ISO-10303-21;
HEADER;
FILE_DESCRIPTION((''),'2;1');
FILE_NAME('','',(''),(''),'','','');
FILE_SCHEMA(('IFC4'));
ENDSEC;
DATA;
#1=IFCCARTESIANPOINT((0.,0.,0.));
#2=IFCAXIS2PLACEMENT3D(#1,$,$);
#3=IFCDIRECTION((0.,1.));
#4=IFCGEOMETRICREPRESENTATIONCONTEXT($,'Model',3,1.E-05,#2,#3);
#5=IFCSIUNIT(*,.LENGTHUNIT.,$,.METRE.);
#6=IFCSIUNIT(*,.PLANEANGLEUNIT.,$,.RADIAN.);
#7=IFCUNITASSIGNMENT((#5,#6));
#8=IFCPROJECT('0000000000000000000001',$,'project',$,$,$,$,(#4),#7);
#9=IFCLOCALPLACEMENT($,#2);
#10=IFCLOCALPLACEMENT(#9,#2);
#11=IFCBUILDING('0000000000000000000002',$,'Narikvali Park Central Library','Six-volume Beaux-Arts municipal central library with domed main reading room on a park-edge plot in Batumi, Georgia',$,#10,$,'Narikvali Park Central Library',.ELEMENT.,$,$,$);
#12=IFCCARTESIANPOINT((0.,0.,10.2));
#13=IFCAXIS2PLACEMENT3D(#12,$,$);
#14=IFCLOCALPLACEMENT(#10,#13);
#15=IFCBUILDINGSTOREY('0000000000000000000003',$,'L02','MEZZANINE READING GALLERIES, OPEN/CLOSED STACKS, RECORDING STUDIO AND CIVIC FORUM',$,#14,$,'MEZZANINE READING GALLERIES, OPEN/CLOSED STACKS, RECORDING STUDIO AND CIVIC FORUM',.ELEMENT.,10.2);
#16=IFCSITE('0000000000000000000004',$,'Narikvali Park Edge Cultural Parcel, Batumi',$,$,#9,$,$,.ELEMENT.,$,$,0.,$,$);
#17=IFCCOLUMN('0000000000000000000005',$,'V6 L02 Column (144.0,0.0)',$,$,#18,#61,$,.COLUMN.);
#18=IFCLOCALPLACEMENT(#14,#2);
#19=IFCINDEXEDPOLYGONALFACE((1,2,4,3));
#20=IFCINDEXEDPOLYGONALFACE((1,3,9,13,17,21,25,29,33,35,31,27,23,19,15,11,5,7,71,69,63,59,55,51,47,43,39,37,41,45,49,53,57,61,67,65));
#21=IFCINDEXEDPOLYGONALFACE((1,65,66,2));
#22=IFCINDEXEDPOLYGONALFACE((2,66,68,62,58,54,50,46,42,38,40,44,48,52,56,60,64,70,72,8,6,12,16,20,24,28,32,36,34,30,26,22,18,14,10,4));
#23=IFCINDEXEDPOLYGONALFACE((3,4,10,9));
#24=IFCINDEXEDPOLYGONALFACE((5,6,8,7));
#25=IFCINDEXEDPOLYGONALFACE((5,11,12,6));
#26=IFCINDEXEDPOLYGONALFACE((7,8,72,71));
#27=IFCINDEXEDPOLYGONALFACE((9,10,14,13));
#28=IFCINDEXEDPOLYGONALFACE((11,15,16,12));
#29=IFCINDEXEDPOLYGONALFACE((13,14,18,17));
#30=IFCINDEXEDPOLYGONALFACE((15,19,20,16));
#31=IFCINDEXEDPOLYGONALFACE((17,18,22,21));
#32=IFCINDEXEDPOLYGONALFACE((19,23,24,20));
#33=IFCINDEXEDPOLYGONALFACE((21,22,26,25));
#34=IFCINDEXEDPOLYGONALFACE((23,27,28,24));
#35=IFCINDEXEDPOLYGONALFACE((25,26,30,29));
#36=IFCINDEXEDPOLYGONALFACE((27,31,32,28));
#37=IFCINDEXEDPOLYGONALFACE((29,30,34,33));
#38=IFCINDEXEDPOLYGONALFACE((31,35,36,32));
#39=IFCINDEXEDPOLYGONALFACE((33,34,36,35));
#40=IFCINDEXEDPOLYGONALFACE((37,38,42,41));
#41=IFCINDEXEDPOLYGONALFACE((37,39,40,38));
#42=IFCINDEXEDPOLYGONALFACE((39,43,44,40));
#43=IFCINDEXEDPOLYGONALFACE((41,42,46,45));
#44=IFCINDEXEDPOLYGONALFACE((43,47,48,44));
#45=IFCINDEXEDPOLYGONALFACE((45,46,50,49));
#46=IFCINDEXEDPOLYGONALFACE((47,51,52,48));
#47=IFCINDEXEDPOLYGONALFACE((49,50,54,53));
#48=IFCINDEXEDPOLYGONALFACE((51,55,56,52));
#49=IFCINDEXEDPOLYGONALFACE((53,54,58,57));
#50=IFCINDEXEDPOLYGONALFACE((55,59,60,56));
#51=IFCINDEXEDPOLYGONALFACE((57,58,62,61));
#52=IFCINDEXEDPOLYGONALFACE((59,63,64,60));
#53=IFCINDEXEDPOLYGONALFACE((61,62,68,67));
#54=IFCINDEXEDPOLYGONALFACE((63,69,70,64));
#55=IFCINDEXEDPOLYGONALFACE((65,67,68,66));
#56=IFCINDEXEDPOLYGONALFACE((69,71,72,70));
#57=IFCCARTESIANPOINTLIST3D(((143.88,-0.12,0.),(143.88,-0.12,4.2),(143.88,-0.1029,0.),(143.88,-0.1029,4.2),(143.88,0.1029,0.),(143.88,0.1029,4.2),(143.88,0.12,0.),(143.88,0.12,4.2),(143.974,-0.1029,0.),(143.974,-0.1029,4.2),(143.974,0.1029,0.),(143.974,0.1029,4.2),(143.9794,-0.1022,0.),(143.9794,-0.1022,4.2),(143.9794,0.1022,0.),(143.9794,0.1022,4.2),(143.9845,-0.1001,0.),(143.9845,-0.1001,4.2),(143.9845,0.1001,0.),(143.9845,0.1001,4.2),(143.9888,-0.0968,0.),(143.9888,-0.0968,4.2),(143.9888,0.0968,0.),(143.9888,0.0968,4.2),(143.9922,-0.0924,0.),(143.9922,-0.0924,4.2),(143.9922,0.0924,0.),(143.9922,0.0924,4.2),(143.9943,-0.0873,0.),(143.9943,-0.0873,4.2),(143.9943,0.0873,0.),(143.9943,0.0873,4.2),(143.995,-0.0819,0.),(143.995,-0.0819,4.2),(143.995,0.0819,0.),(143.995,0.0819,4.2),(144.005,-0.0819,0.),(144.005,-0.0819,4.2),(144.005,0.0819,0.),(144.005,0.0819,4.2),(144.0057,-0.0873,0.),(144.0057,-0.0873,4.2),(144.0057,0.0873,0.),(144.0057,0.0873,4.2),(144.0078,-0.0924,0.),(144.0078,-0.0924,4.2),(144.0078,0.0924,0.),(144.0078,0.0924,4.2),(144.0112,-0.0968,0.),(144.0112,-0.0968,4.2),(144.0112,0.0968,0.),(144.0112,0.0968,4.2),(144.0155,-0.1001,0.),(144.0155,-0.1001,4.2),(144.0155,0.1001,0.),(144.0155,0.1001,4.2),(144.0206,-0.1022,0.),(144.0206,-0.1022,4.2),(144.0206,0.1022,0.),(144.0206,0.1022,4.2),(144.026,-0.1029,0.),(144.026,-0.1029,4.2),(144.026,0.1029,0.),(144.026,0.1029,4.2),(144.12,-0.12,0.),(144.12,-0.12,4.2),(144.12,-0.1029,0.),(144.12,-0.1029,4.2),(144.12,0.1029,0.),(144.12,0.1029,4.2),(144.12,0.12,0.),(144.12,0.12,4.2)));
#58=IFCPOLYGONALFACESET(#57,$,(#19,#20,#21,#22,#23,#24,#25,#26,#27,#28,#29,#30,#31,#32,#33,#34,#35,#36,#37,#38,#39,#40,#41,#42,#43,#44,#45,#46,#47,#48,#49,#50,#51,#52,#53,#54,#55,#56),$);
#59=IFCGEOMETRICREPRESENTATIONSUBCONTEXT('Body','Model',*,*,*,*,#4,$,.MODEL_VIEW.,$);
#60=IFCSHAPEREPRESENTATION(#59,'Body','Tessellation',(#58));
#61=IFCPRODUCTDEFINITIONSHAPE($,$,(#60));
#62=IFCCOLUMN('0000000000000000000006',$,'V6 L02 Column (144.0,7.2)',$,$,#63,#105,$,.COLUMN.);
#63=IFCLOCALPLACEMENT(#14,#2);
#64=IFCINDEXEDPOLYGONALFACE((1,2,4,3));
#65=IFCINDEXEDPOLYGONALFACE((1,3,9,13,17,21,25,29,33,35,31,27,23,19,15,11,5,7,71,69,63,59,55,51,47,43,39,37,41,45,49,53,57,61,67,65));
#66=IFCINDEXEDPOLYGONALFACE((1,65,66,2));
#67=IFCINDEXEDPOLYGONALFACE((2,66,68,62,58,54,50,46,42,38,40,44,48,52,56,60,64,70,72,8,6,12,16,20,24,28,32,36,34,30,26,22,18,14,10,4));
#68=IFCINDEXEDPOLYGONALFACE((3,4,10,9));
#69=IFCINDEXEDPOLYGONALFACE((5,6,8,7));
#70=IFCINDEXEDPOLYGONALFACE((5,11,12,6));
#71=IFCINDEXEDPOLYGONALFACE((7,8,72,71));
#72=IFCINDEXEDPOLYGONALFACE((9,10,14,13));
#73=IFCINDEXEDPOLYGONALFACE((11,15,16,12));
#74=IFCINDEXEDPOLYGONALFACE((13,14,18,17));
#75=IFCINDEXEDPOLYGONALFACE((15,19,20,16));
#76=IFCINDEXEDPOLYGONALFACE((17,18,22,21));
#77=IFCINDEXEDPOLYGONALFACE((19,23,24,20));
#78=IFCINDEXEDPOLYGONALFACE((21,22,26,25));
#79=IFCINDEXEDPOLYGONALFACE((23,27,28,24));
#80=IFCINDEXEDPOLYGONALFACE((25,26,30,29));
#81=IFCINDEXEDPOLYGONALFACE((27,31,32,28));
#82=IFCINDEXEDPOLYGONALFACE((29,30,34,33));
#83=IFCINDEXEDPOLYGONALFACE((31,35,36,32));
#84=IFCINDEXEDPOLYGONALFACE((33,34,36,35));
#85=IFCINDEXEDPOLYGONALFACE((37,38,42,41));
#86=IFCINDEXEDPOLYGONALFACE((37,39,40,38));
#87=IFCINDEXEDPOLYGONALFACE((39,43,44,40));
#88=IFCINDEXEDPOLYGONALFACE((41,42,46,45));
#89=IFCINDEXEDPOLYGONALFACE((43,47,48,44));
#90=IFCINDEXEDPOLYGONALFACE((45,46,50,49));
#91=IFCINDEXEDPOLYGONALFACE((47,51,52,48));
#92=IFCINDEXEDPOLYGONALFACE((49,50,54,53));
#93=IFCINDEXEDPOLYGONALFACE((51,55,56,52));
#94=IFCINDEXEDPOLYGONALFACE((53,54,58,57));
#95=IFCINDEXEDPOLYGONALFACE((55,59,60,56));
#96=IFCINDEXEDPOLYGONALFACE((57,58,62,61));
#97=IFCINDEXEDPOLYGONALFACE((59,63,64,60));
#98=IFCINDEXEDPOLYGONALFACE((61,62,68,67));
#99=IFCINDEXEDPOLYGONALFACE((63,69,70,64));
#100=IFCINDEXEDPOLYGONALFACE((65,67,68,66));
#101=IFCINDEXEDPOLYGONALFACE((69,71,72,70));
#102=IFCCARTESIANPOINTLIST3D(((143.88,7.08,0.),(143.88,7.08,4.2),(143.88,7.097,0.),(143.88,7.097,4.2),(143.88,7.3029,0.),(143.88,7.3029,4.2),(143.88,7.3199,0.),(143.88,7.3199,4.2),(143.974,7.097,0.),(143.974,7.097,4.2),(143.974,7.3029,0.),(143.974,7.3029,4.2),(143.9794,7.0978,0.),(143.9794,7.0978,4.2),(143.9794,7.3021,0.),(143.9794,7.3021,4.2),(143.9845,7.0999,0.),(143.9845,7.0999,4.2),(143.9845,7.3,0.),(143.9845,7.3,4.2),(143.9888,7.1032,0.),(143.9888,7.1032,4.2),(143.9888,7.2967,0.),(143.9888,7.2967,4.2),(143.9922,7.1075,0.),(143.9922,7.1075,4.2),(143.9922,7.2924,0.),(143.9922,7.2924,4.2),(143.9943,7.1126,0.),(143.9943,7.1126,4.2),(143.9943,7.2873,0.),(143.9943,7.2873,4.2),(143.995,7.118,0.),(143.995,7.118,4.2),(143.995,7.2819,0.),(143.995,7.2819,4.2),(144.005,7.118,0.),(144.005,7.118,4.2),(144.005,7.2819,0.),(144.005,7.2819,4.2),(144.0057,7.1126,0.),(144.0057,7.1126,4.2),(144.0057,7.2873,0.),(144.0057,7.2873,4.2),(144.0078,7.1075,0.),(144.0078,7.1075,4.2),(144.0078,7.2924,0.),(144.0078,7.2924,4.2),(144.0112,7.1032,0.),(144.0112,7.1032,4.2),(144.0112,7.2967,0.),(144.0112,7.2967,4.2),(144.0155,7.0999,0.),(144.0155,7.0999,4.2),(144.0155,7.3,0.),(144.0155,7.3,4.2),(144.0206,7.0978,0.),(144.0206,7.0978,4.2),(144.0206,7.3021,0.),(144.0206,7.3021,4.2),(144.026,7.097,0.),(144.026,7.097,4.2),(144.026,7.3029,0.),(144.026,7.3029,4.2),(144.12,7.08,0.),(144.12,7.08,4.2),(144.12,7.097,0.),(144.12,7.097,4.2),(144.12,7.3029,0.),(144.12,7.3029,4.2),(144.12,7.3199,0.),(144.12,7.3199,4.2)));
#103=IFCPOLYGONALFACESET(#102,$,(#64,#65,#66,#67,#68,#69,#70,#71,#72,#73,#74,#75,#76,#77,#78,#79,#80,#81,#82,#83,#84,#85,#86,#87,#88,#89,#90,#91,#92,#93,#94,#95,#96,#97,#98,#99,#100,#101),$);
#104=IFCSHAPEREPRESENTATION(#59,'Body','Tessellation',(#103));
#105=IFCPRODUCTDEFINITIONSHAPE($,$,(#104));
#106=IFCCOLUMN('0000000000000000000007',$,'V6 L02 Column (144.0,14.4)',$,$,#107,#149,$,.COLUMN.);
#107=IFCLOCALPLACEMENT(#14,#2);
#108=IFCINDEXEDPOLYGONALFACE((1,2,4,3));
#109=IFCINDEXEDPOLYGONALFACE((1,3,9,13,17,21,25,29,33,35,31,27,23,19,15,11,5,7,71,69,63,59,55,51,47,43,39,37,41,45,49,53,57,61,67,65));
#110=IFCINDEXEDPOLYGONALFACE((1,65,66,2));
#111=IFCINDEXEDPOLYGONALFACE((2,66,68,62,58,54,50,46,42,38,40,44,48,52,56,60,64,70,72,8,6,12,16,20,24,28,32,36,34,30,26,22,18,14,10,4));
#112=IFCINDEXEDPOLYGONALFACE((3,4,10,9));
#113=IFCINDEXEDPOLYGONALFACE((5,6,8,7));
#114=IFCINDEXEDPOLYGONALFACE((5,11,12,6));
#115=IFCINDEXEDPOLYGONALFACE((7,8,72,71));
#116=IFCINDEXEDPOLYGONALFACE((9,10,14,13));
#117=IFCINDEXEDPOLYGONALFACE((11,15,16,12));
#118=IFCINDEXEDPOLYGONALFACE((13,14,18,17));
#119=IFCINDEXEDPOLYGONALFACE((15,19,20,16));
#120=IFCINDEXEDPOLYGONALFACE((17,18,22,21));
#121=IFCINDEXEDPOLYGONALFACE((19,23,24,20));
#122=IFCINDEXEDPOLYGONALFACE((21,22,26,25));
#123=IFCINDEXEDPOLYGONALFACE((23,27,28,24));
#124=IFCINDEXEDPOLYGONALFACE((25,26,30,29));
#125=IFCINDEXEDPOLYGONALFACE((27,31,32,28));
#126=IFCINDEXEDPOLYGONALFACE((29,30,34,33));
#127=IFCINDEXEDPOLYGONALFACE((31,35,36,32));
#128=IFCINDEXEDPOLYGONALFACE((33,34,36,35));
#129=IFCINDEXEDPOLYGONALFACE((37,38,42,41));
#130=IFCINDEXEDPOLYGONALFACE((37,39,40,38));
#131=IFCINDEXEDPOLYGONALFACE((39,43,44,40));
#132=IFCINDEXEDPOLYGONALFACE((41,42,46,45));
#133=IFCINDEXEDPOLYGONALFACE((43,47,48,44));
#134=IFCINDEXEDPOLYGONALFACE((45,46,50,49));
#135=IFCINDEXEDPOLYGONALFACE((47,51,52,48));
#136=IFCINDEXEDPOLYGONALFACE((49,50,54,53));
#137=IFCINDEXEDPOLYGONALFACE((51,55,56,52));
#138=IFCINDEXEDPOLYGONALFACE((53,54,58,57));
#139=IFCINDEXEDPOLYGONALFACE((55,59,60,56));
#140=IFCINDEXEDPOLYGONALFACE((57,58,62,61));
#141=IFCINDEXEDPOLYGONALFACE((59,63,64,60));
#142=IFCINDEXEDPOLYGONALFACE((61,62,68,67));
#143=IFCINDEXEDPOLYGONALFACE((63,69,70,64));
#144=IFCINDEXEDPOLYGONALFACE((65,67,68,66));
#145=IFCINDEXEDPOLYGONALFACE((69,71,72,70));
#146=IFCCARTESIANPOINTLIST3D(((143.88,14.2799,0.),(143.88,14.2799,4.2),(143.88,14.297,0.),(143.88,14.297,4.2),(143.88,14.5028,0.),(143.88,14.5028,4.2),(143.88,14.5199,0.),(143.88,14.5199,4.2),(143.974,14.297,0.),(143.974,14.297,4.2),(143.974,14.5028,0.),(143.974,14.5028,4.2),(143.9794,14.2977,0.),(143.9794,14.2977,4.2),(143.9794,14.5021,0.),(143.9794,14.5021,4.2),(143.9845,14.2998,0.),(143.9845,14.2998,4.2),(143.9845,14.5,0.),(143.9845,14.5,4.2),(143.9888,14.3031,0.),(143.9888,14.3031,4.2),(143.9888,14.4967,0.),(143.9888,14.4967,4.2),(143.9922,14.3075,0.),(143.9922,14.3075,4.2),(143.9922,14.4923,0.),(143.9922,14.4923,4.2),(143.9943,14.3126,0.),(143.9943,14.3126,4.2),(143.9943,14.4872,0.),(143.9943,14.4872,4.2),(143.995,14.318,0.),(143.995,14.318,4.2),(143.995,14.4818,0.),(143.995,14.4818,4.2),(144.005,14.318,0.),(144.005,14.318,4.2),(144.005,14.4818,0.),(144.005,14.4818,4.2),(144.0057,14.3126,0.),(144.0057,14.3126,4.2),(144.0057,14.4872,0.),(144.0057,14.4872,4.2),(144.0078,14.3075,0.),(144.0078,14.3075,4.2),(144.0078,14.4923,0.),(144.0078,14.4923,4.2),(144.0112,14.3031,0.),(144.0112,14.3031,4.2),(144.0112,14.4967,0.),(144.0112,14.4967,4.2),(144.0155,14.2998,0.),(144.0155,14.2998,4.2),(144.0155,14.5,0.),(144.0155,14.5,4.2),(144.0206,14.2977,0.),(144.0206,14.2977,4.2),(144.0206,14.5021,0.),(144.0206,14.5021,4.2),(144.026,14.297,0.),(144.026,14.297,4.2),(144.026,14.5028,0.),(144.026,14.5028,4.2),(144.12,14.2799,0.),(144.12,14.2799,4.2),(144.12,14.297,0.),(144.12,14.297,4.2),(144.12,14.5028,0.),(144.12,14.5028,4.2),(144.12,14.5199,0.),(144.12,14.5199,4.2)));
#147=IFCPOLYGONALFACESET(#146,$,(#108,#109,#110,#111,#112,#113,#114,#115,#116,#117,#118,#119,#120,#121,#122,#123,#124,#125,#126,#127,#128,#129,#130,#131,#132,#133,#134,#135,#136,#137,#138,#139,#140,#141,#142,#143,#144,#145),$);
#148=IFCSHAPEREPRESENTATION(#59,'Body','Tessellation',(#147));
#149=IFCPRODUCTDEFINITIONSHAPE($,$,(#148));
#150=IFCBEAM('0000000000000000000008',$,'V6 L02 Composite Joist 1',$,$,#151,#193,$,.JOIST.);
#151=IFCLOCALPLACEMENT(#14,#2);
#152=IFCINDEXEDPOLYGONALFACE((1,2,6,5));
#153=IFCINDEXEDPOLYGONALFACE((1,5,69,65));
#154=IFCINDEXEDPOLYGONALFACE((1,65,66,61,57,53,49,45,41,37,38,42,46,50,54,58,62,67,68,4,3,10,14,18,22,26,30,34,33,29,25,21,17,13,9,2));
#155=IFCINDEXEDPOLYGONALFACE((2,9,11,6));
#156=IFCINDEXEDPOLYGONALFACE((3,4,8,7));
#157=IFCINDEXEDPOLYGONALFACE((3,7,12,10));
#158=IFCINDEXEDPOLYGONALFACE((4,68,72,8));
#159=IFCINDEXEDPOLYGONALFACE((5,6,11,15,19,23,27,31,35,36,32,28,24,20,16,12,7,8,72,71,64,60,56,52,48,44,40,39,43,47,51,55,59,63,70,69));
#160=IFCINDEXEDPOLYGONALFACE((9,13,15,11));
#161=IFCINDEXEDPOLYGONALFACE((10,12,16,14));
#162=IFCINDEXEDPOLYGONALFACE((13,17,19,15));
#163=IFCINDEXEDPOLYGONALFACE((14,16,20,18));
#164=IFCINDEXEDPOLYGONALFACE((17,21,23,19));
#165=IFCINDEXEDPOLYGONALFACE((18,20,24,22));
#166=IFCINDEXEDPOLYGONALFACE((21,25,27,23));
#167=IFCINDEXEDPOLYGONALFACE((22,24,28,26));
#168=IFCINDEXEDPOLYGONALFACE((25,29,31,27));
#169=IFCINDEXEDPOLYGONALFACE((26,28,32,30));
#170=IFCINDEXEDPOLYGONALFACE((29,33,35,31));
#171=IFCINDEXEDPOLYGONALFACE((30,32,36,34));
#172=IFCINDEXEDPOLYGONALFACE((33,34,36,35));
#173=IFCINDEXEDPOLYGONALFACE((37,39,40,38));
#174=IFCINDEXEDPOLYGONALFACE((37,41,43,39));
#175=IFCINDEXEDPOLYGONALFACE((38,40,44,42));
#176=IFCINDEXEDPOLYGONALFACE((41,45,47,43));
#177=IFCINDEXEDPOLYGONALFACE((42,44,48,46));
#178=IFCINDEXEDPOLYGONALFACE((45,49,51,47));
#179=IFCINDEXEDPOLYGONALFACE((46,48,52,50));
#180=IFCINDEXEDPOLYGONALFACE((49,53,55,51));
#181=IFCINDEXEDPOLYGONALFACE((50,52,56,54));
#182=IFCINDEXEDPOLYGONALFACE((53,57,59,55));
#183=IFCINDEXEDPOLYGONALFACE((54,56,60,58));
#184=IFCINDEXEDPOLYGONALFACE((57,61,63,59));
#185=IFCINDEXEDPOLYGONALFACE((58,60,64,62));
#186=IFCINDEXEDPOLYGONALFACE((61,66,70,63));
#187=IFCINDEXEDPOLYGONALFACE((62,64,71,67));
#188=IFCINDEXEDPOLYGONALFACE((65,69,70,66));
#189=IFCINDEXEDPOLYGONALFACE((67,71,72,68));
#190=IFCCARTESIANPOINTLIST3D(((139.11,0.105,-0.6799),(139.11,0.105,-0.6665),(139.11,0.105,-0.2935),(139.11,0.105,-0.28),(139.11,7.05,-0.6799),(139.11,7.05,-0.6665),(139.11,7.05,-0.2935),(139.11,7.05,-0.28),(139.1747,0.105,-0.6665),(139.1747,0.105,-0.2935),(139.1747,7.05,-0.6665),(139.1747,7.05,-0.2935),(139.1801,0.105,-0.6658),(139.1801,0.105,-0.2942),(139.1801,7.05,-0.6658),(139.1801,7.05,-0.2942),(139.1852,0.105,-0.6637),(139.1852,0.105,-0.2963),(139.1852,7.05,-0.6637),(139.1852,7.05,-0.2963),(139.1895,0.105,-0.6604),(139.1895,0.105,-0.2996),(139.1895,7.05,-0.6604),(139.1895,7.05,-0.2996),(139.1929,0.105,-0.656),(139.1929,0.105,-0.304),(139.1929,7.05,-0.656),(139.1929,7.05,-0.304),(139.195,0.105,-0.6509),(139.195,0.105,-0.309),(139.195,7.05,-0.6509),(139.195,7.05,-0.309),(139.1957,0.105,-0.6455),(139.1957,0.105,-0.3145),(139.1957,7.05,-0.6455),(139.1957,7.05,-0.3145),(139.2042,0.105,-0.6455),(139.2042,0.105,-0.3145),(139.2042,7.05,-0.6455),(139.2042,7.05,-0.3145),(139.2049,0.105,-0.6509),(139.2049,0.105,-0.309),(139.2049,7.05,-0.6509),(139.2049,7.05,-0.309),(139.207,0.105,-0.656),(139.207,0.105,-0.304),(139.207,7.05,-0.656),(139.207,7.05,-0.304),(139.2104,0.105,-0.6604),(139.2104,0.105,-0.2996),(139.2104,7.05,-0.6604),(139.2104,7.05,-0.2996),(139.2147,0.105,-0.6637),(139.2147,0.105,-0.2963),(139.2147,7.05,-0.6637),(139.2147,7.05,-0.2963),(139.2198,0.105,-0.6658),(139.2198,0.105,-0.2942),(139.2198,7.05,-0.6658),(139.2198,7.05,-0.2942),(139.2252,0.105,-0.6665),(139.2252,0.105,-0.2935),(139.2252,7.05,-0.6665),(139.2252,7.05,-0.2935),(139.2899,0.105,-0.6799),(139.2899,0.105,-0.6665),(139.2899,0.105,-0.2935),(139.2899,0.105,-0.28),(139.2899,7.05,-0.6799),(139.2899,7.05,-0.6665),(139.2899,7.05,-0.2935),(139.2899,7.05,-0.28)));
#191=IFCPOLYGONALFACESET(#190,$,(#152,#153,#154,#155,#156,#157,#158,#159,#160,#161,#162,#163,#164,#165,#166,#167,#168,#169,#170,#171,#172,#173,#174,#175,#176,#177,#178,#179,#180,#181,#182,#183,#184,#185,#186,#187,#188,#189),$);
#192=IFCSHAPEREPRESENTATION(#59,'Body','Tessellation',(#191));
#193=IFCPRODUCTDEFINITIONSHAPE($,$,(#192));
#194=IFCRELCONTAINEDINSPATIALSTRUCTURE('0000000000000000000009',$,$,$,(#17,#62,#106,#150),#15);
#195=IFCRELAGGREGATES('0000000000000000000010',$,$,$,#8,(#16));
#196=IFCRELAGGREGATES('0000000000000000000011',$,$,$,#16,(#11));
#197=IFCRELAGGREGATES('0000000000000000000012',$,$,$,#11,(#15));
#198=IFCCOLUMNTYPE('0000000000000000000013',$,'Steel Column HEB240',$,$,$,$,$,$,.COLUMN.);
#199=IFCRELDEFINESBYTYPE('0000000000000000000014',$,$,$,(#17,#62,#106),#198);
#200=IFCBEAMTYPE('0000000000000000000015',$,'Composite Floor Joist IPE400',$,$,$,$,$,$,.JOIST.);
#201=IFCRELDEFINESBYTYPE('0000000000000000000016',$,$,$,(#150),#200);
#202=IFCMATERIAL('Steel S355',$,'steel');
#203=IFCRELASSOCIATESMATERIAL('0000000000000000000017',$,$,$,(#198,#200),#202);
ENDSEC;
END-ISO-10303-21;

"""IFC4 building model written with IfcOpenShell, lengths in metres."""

from ifc_helpers import new_model, si_unit, direction, frame, origin, origin_2d, place, context, subcontext, project, spatial, i_section, extrude, material, material_profile, profile_set, type_object, element, save


model = new_model("IFC4")

# Units and contexts
model_context = context("Model", 3, precision=1e-05, world=origin(), true_north=direction((0.0, 1.0)))
body_context = subcontext(model_context, "Body", "Model", "MODEL_VIEW")
ifc_project = project(units=[si_unit("LENGTHUNIT", "METRE"), si_unit("PLANEANGLEUNIT", "RADIAN")], contexts=[model_context])

# Site, building, storey
site_placement = place(None, origin())
site = spatial("IfcSite", under=ifc_project, at=site_placement, Name="Narikvali Park Edge Cultural Parcel, Batumi", CompositionType="ELEMENT", RefElevation=0.0)
building_placement = place(site_placement, origin())
building = spatial("IfcBuilding", under=site, at=building_placement, Name="Narikvali Park Central Library", Description="Six-volume Beaux-Arts municipal central library with domed main reading room on a park-edge plot in Batumi, Georgia", LongName="Narikvali Park Central Library", CompositionType="ELEMENT")
storey_placement = place(building_placement, frame((0.0, 0.0, 10.2)))
storey = spatial("IfcBuildingStorey", under=building, at=storey_placement, Name="L02", Description="MEZZANINE READING GALLERIES, OPEN/CLOSED STACKS, RECORDING STUDIO AND CIVIC FORUM", LongName="MEZZANINE READING GALLERIES, OPEN/CLOSED STACKS, RECORDING STUDIO AND CIVIC FORUM", CompositionType="ELEMENT", Elevation=10.2)

# Columns
ifc_material_1 = material(Name="Steel S355", Category="steel")
ifc_material_profile_1 = material_profile(ifc_material_1, i_section(OverallWidth=0.24, OverallDepth=0.24, WebThickness=0.01, FlangeThickness=0.0171, FilletRadius=0.021, at=origin_2d()), Name="HEB 240")
ifc_profile_set_1 = profile_set([ifc_material_profile_1], Name="Steel S355")
column_type = type_object("IfcColumnType", Name="Steel Column HEB240", PredefinedType="COLUMN", material=ifc_profile_set_1)
for number, where, z_axis, x_axis, name in (
    (1, (144.0, 0.0, 0.0), (0.0, 0.0, 1.0), (1.0, 0.0, 0.0), "V6 L02 Column (144.0,0.0)"),
    (2, (144.0, 7.2, 0.0), (0.0, 0.0, 1.0), (1.0, 0.0, 0.0), "V6 L02 Column (144.0,7.2)"),
    (3, (144.0, 14.3999, 0.0), (0.0, 0.0, 1.0), (1.0, 0.0, 0.0), "V6 L02 Column (144.0,14.4)"),
):
    element("IfcColumn", number, at=place(storey_placement, frame(where, z_axis=z_axis, x_axis=x_axis)), inside=storey, type_object=column_type, Name=name, PredefinedType="COLUMN", context=body_context, shape_type="SweptSolid", body=[
        extrude(i_section(OverallWidth=0.24, OverallDepth=0.24, WebThickness=0.01, FlangeThickness=0.0171, FilletRadius=0.021, at=origin_2d()), origin(), (0.0, 0.0, 1.0), 4.2),
    ])

# Beam
ifc_material_profile_2 = material_profile(ifc_material_1, i_section(OverallWidth=0.1799, OverallDepth=0.3999, WebThickness=0.0085, FlangeThickness=0.0134, FilletRadius=0.021, at=origin_2d()), Name="IPE 400")
ifc_profile_set_2 = profile_set([ifc_material_profile_2], Name="Steel S355")
beam_type_1 = type_object("IfcBeamType", Name="Composite Floor Joist IPE400", PredefinedType="JOIST", material=ifc_profile_set_2)
for number, where, z_axis, x_axis, name in (
    (4, (139.2, 0.105, -0.48), (0.0, 1.0, 0.0), (-1.0, 0.0, 0.0), "V6 L02 Composite Joist 1"),
):
    element("IfcBeam", number, at=place(storey_placement, frame(where, z_axis=z_axis, x_axis=x_axis)), inside=storey, type_object=beam_type_1, Name=name, PredefinedType="JOIST", context=body_context, shape_type="SweptSolid", body=[
        extrude(i_section(OverallWidth=0.1799, OverallDepth=0.3999, WebThickness=0.0085, FlangeThickness=0.0134, FilletRadius=0.021, at=origin_2d()), origin(), (0.0, 0.0, 1.0), 6.9451),
    ])

save(model, "model.ifc")
